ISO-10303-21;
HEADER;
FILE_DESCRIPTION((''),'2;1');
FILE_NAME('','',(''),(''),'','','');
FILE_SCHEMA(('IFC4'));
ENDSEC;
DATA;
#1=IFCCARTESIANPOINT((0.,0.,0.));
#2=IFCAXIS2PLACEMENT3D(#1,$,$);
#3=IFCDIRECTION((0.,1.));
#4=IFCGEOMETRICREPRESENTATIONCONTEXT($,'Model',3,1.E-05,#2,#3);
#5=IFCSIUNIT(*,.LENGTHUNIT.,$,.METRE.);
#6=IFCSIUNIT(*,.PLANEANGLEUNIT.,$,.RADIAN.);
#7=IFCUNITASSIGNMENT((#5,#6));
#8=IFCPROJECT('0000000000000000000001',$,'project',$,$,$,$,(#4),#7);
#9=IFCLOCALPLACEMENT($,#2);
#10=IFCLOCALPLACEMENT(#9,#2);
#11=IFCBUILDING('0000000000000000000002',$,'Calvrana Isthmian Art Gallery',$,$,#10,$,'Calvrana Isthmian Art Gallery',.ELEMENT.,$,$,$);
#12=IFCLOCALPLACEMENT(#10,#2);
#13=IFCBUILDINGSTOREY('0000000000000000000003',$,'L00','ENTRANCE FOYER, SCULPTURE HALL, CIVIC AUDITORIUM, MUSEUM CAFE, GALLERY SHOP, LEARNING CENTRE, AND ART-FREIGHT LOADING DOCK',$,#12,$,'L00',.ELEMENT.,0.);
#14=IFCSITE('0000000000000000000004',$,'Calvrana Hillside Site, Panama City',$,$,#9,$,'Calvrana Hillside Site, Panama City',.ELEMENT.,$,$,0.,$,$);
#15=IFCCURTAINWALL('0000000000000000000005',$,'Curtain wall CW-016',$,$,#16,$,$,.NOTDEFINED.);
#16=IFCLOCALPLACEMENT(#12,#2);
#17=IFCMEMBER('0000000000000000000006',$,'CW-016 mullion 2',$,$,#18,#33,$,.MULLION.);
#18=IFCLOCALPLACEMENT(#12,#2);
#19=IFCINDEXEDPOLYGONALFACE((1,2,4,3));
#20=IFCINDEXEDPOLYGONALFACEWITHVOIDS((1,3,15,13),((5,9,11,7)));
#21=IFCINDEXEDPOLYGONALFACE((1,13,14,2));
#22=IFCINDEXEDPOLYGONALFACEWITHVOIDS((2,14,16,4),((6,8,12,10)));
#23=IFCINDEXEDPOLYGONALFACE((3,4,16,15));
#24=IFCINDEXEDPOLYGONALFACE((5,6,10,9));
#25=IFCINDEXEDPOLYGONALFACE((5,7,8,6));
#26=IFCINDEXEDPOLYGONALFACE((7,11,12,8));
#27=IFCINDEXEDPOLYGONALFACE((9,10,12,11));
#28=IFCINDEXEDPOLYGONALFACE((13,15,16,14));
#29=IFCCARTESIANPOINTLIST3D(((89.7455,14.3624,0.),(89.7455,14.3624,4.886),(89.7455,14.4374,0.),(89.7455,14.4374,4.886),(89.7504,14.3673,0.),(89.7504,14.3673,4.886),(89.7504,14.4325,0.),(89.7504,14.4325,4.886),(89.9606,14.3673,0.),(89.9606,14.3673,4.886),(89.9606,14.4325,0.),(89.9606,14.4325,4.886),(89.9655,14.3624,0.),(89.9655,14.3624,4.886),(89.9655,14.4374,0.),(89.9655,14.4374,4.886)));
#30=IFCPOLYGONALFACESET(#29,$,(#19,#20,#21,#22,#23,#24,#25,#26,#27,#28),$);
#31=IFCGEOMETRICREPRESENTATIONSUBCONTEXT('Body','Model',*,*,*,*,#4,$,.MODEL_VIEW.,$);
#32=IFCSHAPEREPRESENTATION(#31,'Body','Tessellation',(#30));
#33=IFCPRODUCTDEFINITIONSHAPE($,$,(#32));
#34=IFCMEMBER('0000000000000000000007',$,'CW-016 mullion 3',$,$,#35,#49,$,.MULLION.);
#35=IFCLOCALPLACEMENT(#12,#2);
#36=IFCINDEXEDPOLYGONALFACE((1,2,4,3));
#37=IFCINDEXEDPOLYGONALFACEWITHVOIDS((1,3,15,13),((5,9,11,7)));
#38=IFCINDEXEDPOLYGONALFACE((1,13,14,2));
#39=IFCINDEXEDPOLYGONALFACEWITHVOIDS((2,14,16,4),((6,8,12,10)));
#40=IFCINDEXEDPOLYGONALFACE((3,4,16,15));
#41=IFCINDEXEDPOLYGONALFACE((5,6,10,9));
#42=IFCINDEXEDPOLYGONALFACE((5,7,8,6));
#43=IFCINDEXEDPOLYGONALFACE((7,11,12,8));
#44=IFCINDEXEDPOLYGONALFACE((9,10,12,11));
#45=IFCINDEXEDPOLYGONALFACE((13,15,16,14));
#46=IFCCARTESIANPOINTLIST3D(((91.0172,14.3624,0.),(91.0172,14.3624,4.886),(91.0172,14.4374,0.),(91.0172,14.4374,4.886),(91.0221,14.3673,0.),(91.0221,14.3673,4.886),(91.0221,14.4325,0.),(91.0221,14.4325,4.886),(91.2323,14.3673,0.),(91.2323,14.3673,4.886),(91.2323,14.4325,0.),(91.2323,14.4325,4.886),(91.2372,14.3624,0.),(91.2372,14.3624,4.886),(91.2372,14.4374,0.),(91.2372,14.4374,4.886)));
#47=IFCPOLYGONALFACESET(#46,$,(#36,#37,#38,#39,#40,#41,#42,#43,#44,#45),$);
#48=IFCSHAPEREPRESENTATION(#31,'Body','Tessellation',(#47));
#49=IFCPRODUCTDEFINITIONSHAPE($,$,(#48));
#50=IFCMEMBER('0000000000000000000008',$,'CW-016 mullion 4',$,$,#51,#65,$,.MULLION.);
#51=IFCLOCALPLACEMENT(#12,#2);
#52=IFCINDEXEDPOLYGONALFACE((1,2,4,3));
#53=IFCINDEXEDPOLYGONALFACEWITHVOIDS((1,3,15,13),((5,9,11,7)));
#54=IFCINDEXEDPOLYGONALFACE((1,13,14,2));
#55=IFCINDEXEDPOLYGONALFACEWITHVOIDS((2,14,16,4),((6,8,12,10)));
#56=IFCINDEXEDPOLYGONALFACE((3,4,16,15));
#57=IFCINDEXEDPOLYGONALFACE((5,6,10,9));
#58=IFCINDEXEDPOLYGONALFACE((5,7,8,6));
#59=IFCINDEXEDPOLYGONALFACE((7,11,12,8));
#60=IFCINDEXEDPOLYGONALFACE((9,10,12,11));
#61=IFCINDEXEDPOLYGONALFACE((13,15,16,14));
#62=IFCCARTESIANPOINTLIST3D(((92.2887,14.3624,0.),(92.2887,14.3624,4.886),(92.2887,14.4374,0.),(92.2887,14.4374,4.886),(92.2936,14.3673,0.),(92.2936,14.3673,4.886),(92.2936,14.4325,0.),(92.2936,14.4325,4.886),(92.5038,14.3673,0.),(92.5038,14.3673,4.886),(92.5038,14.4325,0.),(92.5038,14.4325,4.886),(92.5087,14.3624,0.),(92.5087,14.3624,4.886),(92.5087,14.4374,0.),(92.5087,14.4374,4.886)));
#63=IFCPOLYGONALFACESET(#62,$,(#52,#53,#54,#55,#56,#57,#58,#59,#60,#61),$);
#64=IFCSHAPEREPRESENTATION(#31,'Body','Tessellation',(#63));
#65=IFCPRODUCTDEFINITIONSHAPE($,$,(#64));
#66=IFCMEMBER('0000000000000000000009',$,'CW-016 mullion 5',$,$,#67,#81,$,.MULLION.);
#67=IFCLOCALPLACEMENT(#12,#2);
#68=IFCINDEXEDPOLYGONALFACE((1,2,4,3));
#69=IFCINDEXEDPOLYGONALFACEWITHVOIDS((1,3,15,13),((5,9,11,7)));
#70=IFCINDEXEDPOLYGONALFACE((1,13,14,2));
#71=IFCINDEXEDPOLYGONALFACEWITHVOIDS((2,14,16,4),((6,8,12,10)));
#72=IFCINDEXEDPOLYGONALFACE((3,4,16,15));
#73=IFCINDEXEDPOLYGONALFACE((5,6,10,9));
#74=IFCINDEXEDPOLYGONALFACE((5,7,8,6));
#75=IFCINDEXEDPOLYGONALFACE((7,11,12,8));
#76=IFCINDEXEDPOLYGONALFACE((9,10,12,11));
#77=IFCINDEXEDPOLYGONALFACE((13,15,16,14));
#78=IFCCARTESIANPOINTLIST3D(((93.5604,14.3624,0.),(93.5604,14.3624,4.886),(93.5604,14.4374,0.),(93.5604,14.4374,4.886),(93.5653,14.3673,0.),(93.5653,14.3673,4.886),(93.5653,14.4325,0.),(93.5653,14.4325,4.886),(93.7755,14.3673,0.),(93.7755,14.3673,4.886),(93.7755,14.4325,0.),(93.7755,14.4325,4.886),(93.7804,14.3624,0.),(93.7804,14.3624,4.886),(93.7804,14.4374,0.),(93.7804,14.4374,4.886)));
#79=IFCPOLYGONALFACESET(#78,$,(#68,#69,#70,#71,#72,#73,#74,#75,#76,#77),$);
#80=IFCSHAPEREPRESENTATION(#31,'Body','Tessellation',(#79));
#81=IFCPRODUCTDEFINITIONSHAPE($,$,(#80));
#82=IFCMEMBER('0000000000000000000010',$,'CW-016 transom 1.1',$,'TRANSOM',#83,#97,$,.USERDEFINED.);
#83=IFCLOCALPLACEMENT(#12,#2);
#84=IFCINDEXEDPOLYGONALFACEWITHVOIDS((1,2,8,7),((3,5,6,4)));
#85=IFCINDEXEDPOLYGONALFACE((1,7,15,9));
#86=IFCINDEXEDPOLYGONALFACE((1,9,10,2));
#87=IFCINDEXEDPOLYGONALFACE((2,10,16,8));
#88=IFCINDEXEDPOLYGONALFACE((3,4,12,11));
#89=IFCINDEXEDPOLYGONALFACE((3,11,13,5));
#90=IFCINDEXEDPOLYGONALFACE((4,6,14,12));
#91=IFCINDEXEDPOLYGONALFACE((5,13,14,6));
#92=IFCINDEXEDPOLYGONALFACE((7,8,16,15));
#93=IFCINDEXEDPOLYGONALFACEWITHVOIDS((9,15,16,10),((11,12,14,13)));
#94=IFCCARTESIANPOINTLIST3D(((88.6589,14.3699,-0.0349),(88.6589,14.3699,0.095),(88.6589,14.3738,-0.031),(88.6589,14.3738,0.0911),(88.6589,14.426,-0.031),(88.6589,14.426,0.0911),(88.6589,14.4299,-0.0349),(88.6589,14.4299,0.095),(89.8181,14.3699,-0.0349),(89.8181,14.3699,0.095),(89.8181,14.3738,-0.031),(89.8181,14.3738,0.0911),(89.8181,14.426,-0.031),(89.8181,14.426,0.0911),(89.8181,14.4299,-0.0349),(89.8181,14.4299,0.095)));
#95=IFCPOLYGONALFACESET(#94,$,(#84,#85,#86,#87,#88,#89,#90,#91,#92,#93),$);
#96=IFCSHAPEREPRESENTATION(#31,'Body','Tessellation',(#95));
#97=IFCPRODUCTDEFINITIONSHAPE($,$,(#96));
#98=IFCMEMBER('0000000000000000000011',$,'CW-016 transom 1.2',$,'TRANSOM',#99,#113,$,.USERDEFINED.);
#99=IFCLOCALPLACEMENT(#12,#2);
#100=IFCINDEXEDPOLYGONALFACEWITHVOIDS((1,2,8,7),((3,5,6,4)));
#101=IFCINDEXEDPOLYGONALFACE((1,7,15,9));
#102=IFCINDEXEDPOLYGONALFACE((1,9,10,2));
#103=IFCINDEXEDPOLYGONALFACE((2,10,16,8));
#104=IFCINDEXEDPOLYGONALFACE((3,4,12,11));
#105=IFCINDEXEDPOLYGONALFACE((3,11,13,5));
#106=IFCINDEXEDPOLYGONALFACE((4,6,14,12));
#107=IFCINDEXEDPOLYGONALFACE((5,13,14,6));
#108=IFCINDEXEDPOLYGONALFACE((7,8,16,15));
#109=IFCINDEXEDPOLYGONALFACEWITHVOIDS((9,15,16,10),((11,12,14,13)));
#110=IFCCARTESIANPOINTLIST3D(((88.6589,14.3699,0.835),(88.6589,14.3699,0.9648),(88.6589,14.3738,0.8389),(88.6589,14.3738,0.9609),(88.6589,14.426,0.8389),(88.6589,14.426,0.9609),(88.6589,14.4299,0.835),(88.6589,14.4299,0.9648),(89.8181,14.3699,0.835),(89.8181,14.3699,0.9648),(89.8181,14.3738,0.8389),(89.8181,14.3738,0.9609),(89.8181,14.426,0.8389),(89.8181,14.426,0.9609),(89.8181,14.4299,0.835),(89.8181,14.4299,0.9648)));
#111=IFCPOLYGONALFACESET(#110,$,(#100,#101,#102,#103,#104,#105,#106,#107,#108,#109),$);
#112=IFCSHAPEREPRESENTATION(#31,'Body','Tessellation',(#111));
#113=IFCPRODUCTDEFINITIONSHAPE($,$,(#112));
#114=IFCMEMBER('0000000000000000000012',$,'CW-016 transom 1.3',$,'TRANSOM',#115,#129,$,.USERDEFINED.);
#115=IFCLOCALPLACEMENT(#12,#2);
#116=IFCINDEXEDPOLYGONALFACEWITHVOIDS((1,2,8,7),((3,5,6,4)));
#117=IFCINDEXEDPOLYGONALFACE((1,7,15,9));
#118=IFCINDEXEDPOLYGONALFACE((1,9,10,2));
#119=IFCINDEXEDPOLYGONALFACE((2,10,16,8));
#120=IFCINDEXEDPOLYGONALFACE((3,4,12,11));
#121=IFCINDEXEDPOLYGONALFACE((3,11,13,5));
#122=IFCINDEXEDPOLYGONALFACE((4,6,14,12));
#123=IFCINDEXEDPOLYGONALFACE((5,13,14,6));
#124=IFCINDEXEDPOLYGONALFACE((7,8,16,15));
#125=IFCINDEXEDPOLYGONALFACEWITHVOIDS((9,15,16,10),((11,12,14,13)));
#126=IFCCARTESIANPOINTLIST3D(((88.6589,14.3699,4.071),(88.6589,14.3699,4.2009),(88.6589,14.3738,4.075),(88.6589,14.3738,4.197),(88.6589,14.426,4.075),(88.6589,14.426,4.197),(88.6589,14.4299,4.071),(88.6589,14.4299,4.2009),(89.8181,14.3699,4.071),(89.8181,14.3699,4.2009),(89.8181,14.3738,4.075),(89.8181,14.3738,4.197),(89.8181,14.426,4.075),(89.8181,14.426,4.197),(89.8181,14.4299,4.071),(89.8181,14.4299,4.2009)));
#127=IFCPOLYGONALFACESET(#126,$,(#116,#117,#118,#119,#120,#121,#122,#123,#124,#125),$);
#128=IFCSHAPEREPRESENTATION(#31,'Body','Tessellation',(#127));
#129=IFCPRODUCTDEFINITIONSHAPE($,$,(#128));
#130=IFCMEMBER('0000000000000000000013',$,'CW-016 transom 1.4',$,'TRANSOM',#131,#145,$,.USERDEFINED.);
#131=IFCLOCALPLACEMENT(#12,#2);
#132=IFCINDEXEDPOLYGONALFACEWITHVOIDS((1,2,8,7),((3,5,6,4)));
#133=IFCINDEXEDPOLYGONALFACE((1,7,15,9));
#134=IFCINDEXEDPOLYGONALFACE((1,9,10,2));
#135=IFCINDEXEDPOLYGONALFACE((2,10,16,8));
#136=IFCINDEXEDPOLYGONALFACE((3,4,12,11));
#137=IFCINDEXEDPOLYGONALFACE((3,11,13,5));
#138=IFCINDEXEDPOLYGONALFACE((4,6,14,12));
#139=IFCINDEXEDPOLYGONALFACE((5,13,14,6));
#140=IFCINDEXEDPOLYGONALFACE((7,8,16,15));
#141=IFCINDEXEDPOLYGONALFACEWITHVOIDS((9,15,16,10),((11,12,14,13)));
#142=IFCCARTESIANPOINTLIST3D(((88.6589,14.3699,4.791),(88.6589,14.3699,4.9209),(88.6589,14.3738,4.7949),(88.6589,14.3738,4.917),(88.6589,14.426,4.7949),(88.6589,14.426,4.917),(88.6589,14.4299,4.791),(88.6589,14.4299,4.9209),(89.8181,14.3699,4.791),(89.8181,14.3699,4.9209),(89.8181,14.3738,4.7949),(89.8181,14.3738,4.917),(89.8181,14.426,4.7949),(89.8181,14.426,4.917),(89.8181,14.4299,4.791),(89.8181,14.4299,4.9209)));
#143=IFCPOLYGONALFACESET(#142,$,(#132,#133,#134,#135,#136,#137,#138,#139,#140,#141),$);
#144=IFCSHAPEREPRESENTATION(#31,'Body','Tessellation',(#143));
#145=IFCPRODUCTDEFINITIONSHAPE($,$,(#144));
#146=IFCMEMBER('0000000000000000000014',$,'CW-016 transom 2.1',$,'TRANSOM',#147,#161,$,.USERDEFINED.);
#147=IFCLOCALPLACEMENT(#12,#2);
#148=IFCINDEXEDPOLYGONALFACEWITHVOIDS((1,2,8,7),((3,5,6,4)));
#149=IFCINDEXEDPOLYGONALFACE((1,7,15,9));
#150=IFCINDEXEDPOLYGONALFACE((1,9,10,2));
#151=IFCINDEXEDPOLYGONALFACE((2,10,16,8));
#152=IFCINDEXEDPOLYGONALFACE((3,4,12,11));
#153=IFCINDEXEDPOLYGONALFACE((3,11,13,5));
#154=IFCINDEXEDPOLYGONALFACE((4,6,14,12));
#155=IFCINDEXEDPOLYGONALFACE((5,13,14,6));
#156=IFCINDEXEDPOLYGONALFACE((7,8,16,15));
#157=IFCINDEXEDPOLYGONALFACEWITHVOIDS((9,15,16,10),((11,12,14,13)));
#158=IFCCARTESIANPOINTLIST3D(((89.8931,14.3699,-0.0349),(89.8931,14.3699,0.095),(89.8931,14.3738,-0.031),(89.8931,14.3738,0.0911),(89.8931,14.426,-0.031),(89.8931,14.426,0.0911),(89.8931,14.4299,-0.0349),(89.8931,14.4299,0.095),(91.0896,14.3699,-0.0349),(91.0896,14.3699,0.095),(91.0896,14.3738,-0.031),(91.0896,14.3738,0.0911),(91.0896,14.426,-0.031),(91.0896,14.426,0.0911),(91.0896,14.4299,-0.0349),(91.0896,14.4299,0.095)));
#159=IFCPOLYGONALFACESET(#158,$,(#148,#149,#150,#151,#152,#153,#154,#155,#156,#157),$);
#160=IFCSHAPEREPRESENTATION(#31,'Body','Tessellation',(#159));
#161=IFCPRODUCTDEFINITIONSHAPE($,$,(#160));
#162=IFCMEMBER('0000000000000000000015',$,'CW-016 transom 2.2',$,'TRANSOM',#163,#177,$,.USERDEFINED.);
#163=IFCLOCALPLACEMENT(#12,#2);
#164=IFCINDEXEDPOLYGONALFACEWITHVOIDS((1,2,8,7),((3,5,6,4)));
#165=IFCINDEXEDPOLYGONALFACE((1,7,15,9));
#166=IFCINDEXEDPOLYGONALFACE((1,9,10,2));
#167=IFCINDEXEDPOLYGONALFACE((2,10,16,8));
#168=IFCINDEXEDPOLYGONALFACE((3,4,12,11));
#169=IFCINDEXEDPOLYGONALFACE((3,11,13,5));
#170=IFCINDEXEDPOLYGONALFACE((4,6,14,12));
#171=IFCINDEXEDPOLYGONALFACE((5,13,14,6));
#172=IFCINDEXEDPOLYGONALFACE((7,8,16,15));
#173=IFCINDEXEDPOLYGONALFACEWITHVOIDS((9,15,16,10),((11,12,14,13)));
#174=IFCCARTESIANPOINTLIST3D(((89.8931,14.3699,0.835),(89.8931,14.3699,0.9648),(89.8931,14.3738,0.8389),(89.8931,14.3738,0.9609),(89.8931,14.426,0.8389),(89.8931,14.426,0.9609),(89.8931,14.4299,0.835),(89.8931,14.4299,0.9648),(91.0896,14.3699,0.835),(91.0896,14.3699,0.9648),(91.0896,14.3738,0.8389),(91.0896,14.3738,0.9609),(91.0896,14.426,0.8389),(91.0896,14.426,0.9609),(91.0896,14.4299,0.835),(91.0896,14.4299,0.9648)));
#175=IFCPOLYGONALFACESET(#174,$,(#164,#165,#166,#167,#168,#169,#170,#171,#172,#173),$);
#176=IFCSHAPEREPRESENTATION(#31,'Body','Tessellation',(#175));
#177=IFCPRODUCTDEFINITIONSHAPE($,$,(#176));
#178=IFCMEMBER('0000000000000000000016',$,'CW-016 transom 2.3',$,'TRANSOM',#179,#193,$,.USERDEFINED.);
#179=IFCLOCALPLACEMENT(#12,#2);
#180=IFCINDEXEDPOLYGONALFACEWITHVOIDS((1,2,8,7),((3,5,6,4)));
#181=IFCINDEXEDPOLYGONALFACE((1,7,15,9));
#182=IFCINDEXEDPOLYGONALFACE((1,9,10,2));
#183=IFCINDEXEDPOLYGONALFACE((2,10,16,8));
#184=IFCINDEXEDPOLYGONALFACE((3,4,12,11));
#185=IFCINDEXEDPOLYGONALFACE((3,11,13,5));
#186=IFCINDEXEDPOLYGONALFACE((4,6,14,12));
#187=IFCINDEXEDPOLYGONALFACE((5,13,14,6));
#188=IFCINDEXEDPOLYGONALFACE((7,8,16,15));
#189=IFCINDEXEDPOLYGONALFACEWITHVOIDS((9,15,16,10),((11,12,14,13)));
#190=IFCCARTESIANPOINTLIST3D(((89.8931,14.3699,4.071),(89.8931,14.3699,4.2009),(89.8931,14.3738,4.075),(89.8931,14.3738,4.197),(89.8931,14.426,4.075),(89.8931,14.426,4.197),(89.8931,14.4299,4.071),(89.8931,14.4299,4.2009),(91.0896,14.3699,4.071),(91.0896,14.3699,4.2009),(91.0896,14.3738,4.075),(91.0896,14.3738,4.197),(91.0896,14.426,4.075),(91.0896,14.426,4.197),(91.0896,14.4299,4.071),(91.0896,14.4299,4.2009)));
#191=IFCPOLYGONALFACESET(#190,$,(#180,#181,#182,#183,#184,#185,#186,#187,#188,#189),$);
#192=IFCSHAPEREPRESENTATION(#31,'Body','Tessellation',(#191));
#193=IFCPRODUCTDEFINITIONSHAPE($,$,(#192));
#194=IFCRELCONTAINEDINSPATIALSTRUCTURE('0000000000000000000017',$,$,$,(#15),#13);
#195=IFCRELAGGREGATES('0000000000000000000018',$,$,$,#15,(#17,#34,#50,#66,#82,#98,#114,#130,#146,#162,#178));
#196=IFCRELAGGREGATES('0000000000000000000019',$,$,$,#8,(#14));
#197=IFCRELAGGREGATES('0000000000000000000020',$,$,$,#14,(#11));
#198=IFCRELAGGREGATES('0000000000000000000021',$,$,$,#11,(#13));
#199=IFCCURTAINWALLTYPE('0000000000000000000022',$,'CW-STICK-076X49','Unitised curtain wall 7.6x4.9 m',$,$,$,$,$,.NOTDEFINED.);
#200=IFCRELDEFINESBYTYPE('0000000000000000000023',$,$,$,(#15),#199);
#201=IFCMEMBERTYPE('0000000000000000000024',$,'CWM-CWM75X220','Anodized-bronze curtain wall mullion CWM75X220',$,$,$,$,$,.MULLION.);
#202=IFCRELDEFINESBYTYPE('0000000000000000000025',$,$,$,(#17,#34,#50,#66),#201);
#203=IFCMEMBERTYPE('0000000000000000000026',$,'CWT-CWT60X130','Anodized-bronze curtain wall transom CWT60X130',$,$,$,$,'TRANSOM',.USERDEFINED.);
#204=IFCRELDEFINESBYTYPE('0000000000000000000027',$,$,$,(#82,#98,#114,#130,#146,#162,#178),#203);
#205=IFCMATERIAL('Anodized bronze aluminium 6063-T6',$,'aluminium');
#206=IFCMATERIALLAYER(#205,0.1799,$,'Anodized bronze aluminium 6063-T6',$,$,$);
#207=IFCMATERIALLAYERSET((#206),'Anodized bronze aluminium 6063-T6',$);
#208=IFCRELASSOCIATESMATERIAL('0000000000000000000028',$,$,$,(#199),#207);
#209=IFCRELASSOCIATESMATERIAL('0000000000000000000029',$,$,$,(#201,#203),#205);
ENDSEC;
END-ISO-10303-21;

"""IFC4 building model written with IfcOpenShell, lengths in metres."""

from ifc_helpers import new_model, si_unit, direction, frame, origin, origin_2d, place, context, subcontext, project, spatial, hollow_rectangle, extrude, material, layer, layer_set, material_profile, profile_set, type_object, element, aggregate, save


model = new_model("IFC4")

# Units and contexts
model_context = context("Model", 3, precision=1e-05, world=origin(), true_north=direction((0.0, 1.0)))
body_context = subcontext(model_context, "Body", "Model", "MODEL_VIEW")
ifc_project = project(units=[si_unit("LENGTHUNIT", "METRE"), si_unit("PLANEANGLEUNIT", "RADIAN")], contexts=[model_context])

# Site, building, storey
site_placement = place(None, origin())
site = spatial("IfcSite", under=ifc_project, at=site_placement, Name="Calvrana Hillside Site, Panama City", LongName="Calvrana Hillside Site, Panama City", CompositionType="ELEMENT", RefElevation=0.0)
building_placement = place(site_placement, origin())
building = spatial("IfcBuilding", under=site, at=building_placement, Name="Calvrana Isthmian Art Gallery", LongName="Calvrana Isthmian Art Gallery", CompositionType="ELEMENT")
storey_placement = place(building_placement, origin())
storey = spatial("IfcBuildingStorey", under=building, at=storey_placement, Name="L00", Description="ENTRANCE FOYER, SCULPTURE HALL, CIVIC AUDITORIUM, MUSEUM CAFE, GALLERY SHOP, LEARNING CENTRE, AND ART-FREIGHT LOADING DOCK", LongName="L00", CompositionType="ELEMENT", Elevation=0.0)

# Curtain wall, members
ifc_material_1 = material(Name="Anodized bronze aluminium 6063-T6", Category="aluminium")
ifc_layer_1 = layer(ifc_material_1, 0.1799, Name="Anodized bronze aluminium 6063-T6")
ifc_layer_set_1 = layer_set([ifc_layer_1], Name="Anodized bronze aluminium 6063-T6")
curtain_wall_type = type_object("IfcCurtainWallType", Name="CW-STICK-076X49", Description="Unitised curtain wall 7.6x4.9 m", PredefinedType="NOTDEFINED", material=ifc_layer_set_1)
curtain_wall_placement = place(storey_placement, origin())
curtain_wall = element("IfcCurtainWall", 1, at=curtain_wall_placement, inside=storey, type_object=curtain_wall_type, Name="Curtain wall CW-016", PredefinedType="NOTDEFINED")
ifc_material_profile_1 = material_profile(ifc_material_1, hollow_rectangle(XDim=0.075, YDim=0.22, WallThickness=0.0049, at=origin_2d()), Name="CWM75X220")
ifc_profile_set_1 = profile_set([ifc_material_profile_1], Name="Anodized bronze aluminium 6063-T6")
member_type_1 = type_object("IfcMemberType", Name="CWM-CWM75X220", Description="Anodized-bronze curtain wall mullion CWM75X220", PredefinedType="MULLION", material=ifc_profile_set_1)
member_1_placement = place(storey_placement, frame((89.8555, 14.3999, 0.0), z_axis=(0.0, 0.0, 1.0), x_axis=(0.0, 1.0, 0.0)))
member_1 = element("IfcMember", 2, at=member_1_placement, type_object=member_type_1, Name="CW-016 mullion 2", PredefinedType="MULLION", context=body_context, shape_type="SweptSolid", body=[
    extrude(hollow_rectangle(XDim=0.075, YDim=0.22, WallThickness=0.0049, at=origin_2d()), origin(), (0.0, 0.0, 1.0), 4.886),
])
member_2_placement = place(storey_placement, frame((91.1272, 14.3999, 0.0), z_axis=(0.0, 0.0, 1.0), x_axis=(0.0, 1.0, 0.0)))
member_2 = element("IfcMember", 3, at=member_2_placement, type_object=member_type_1, Name="CW-016 mullion 3", PredefinedType="MULLION", context=body_context, shape_type="SweptSolid", body=[
    extrude(hollow_rectangle(XDim=0.075, YDim=0.22, WallThickness=0.0049, at=origin_2d()), origin(), (0.0, 0.0, 1.0), 4.886),
])
member_3_placement = place(storey_placement, frame((92.3987, 14.3999, 0.0), z_axis=(0.0, 0.0, 1.0), x_axis=(0.0, 1.0, 0.0)))
member_3 = element("IfcMember", 4, at=member_3_placement, type_object=member_type_1, Name="CW-016 mullion 4", PredefinedType="MULLION", context=body_context, shape_type="SweptSolid", body=[
    extrude(hollow_rectangle(XDim=0.075, YDim=0.22, WallThickness=0.0049, at=origin_2d()), origin(), (0.0, 0.0, 1.0), 4.886),
])
member_4_placement = place(storey_placement, frame((93.6704, 14.3999, 0.0), z_axis=(0.0, 0.0, 1.0), x_axis=(0.0, 1.0, 0.0)))
member_4 = element("IfcMember", 5, at=member_4_placement, type_object=member_type_1, Name="CW-016 mullion 5", PredefinedType="MULLION", context=body_context, shape_type="SweptSolid", body=[
    extrude(hollow_rectangle(XDim=0.075, YDim=0.22, WallThickness=0.0049, at=origin_2d()), origin(), (0.0, 0.0, 1.0), 4.886),
])
ifc_material_profile_2 = material_profile(ifc_material_1, hollow_rectangle(XDim=0.0601, YDim=0.1299, WallThickness=0.0039, at=origin_2d()), Name="CWT60X130")
ifc_profile_set_2 = profile_set([ifc_material_profile_2], Name="Anodized bronze aluminium 6063-T6")
member_type_2 = type_object("IfcMemberType", Name="CWT-CWT60X130", Description="Anodized-bronze curtain wall transom CWT60X130", ElementType="TRANSOM", PredefinedType="USERDEFINED", material=ifc_profile_set_2)
member_5_placement = place(storey_placement, frame((88.6589, 14.3999, 0.03), z_axis=(1.0, 0.0, 0.0), x_axis=(0.0, 1.0, 0.0)))
member_5 = element("IfcMember", 6, at=member_5_placement, type_object=member_type_2, Name="CW-016 transom 1.1", ObjectType="TRANSOM", PredefinedType="USERDEFINED", context=body_context, shape_type="SweptSolid", body=[
    extrude(hollow_rectangle(XDim=0.0601, YDim=0.1299, WallThickness=0.0039, at=origin_2d()), origin(), (0.0, 0.0, 1.0), 1.1592),
])
member_6_placement = place(storey_placement, frame((88.6589, 14.3999, 0.8999), z_axis=(1.0, 0.0, 0.0), x_axis=(0.0, 1.0, 0.0)))
member_6 = element("IfcMember", 7, at=member_6_placement, type_object=member_type_2, Name="CW-016 transom 1.2", ObjectType="TRANSOM", PredefinedType="USERDEFINED", context=body_context, shape_type="SweptSolid", body=[
    extrude(hollow_rectangle(XDim=0.0601, YDim=0.1299, WallThickness=0.0039, at=origin_2d()), origin(), (0.0, 0.0, 1.0), 1.1592),
])
member_7_placement = place(storey_placement, frame((88.6589, 14.3999, 4.136), z_axis=(1.0, 0.0, 0.0), x_axis=(0.0, 1.0, 0.0)))
member_7 = element("IfcMember", 8, at=member_7_placement, type_object=member_type_2, Name="CW-016 transom 1.3", ObjectType="TRANSOM", PredefinedType="USERDEFINED", context=body_context, shape_type="SweptSolid", body=[
    extrude(hollow_rectangle(XDim=0.0601, YDim=0.1299, WallThickness=0.0039, at=origin_2d()), origin(), (0.0, 0.0, 1.0), 1.1592),
])
member_8_placement = place(storey_placement, frame((88.6589, 14.3999, 4.856), z_axis=(1.0, 0.0, 0.0), x_axis=(0.0, 1.0, 0.0)))
member_8 = element("IfcMember", 9, at=member_8_placement, type_object=member_type_2, Name="CW-016 transom 1.4", ObjectType="TRANSOM", PredefinedType="USERDEFINED", context=body_context, shape_type="SweptSolid", body=[
    extrude(hollow_rectangle(XDim=0.0601, YDim=0.1299, WallThickness=0.0039, at=origin_2d()), origin(), (0.0, 0.0, 1.0), 1.1592),
])
member_9_placement = place(storey_placement, frame((89.8931, 14.3999, 0.03), z_axis=(1.0, 0.0, 0.0), x_axis=(0.0, 1.0, 0.0)))
member_9 = element("IfcMember", 10, at=member_9_placement, type_object=member_type_2, Name="CW-016 transom 2.1", ObjectType="TRANSOM", PredefinedType="USERDEFINED", context=body_context, shape_type="SweptSolid", body=[
    extrude(hollow_rectangle(XDim=0.0601, YDim=0.1299, WallThickness=0.0039, at=origin_2d()), origin(), (0.0, 0.0, 1.0), 1.1965),
])
member_10_placement = place(storey_placement, frame((89.8931, 14.3999, 0.8999), z_axis=(1.0, 0.0, 0.0), x_axis=(0.0, 1.0, 0.0)))
member_10 = element("IfcMember", 11, at=member_10_placement, type_object=member_type_2, Name="CW-016 transom 2.2", ObjectType="TRANSOM", PredefinedType="USERDEFINED", context=body_context, shape_type="SweptSolid", body=[
    extrude(hollow_rectangle(XDim=0.0601, YDim=0.1299, WallThickness=0.0039, at=origin_2d()), origin(), (0.0, 0.0, 1.0), 1.1965),
])
member_11_placement = place(storey_placement, frame((89.8931, 14.3999, 4.136), z_axis=(1.0, 0.0, 0.0), x_axis=(0.0, 1.0, 0.0)))
member_11 = element("IfcMember", 12, at=member_11_placement, type_object=member_type_2, Name="CW-016 transom 2.3", ObjectType="TRANSOM", PredefinedType="USERDEFINED", context=body_context, shape_type="SweptSolid", body=[
    extrude(hollow_rectangle(XDim=0.0601, YDim=0.1299, WallThickness=0.0039, at=origin_2d()), origin(), (0.0, 0.0, 1.0), 1.1965),
])
aggregate(curtain_wall, [member_1, member_2, member_3, member_4, member_5, member_6, member_7, member_8, member_9, member_10, member_11])

save(model, "model.ifc")
